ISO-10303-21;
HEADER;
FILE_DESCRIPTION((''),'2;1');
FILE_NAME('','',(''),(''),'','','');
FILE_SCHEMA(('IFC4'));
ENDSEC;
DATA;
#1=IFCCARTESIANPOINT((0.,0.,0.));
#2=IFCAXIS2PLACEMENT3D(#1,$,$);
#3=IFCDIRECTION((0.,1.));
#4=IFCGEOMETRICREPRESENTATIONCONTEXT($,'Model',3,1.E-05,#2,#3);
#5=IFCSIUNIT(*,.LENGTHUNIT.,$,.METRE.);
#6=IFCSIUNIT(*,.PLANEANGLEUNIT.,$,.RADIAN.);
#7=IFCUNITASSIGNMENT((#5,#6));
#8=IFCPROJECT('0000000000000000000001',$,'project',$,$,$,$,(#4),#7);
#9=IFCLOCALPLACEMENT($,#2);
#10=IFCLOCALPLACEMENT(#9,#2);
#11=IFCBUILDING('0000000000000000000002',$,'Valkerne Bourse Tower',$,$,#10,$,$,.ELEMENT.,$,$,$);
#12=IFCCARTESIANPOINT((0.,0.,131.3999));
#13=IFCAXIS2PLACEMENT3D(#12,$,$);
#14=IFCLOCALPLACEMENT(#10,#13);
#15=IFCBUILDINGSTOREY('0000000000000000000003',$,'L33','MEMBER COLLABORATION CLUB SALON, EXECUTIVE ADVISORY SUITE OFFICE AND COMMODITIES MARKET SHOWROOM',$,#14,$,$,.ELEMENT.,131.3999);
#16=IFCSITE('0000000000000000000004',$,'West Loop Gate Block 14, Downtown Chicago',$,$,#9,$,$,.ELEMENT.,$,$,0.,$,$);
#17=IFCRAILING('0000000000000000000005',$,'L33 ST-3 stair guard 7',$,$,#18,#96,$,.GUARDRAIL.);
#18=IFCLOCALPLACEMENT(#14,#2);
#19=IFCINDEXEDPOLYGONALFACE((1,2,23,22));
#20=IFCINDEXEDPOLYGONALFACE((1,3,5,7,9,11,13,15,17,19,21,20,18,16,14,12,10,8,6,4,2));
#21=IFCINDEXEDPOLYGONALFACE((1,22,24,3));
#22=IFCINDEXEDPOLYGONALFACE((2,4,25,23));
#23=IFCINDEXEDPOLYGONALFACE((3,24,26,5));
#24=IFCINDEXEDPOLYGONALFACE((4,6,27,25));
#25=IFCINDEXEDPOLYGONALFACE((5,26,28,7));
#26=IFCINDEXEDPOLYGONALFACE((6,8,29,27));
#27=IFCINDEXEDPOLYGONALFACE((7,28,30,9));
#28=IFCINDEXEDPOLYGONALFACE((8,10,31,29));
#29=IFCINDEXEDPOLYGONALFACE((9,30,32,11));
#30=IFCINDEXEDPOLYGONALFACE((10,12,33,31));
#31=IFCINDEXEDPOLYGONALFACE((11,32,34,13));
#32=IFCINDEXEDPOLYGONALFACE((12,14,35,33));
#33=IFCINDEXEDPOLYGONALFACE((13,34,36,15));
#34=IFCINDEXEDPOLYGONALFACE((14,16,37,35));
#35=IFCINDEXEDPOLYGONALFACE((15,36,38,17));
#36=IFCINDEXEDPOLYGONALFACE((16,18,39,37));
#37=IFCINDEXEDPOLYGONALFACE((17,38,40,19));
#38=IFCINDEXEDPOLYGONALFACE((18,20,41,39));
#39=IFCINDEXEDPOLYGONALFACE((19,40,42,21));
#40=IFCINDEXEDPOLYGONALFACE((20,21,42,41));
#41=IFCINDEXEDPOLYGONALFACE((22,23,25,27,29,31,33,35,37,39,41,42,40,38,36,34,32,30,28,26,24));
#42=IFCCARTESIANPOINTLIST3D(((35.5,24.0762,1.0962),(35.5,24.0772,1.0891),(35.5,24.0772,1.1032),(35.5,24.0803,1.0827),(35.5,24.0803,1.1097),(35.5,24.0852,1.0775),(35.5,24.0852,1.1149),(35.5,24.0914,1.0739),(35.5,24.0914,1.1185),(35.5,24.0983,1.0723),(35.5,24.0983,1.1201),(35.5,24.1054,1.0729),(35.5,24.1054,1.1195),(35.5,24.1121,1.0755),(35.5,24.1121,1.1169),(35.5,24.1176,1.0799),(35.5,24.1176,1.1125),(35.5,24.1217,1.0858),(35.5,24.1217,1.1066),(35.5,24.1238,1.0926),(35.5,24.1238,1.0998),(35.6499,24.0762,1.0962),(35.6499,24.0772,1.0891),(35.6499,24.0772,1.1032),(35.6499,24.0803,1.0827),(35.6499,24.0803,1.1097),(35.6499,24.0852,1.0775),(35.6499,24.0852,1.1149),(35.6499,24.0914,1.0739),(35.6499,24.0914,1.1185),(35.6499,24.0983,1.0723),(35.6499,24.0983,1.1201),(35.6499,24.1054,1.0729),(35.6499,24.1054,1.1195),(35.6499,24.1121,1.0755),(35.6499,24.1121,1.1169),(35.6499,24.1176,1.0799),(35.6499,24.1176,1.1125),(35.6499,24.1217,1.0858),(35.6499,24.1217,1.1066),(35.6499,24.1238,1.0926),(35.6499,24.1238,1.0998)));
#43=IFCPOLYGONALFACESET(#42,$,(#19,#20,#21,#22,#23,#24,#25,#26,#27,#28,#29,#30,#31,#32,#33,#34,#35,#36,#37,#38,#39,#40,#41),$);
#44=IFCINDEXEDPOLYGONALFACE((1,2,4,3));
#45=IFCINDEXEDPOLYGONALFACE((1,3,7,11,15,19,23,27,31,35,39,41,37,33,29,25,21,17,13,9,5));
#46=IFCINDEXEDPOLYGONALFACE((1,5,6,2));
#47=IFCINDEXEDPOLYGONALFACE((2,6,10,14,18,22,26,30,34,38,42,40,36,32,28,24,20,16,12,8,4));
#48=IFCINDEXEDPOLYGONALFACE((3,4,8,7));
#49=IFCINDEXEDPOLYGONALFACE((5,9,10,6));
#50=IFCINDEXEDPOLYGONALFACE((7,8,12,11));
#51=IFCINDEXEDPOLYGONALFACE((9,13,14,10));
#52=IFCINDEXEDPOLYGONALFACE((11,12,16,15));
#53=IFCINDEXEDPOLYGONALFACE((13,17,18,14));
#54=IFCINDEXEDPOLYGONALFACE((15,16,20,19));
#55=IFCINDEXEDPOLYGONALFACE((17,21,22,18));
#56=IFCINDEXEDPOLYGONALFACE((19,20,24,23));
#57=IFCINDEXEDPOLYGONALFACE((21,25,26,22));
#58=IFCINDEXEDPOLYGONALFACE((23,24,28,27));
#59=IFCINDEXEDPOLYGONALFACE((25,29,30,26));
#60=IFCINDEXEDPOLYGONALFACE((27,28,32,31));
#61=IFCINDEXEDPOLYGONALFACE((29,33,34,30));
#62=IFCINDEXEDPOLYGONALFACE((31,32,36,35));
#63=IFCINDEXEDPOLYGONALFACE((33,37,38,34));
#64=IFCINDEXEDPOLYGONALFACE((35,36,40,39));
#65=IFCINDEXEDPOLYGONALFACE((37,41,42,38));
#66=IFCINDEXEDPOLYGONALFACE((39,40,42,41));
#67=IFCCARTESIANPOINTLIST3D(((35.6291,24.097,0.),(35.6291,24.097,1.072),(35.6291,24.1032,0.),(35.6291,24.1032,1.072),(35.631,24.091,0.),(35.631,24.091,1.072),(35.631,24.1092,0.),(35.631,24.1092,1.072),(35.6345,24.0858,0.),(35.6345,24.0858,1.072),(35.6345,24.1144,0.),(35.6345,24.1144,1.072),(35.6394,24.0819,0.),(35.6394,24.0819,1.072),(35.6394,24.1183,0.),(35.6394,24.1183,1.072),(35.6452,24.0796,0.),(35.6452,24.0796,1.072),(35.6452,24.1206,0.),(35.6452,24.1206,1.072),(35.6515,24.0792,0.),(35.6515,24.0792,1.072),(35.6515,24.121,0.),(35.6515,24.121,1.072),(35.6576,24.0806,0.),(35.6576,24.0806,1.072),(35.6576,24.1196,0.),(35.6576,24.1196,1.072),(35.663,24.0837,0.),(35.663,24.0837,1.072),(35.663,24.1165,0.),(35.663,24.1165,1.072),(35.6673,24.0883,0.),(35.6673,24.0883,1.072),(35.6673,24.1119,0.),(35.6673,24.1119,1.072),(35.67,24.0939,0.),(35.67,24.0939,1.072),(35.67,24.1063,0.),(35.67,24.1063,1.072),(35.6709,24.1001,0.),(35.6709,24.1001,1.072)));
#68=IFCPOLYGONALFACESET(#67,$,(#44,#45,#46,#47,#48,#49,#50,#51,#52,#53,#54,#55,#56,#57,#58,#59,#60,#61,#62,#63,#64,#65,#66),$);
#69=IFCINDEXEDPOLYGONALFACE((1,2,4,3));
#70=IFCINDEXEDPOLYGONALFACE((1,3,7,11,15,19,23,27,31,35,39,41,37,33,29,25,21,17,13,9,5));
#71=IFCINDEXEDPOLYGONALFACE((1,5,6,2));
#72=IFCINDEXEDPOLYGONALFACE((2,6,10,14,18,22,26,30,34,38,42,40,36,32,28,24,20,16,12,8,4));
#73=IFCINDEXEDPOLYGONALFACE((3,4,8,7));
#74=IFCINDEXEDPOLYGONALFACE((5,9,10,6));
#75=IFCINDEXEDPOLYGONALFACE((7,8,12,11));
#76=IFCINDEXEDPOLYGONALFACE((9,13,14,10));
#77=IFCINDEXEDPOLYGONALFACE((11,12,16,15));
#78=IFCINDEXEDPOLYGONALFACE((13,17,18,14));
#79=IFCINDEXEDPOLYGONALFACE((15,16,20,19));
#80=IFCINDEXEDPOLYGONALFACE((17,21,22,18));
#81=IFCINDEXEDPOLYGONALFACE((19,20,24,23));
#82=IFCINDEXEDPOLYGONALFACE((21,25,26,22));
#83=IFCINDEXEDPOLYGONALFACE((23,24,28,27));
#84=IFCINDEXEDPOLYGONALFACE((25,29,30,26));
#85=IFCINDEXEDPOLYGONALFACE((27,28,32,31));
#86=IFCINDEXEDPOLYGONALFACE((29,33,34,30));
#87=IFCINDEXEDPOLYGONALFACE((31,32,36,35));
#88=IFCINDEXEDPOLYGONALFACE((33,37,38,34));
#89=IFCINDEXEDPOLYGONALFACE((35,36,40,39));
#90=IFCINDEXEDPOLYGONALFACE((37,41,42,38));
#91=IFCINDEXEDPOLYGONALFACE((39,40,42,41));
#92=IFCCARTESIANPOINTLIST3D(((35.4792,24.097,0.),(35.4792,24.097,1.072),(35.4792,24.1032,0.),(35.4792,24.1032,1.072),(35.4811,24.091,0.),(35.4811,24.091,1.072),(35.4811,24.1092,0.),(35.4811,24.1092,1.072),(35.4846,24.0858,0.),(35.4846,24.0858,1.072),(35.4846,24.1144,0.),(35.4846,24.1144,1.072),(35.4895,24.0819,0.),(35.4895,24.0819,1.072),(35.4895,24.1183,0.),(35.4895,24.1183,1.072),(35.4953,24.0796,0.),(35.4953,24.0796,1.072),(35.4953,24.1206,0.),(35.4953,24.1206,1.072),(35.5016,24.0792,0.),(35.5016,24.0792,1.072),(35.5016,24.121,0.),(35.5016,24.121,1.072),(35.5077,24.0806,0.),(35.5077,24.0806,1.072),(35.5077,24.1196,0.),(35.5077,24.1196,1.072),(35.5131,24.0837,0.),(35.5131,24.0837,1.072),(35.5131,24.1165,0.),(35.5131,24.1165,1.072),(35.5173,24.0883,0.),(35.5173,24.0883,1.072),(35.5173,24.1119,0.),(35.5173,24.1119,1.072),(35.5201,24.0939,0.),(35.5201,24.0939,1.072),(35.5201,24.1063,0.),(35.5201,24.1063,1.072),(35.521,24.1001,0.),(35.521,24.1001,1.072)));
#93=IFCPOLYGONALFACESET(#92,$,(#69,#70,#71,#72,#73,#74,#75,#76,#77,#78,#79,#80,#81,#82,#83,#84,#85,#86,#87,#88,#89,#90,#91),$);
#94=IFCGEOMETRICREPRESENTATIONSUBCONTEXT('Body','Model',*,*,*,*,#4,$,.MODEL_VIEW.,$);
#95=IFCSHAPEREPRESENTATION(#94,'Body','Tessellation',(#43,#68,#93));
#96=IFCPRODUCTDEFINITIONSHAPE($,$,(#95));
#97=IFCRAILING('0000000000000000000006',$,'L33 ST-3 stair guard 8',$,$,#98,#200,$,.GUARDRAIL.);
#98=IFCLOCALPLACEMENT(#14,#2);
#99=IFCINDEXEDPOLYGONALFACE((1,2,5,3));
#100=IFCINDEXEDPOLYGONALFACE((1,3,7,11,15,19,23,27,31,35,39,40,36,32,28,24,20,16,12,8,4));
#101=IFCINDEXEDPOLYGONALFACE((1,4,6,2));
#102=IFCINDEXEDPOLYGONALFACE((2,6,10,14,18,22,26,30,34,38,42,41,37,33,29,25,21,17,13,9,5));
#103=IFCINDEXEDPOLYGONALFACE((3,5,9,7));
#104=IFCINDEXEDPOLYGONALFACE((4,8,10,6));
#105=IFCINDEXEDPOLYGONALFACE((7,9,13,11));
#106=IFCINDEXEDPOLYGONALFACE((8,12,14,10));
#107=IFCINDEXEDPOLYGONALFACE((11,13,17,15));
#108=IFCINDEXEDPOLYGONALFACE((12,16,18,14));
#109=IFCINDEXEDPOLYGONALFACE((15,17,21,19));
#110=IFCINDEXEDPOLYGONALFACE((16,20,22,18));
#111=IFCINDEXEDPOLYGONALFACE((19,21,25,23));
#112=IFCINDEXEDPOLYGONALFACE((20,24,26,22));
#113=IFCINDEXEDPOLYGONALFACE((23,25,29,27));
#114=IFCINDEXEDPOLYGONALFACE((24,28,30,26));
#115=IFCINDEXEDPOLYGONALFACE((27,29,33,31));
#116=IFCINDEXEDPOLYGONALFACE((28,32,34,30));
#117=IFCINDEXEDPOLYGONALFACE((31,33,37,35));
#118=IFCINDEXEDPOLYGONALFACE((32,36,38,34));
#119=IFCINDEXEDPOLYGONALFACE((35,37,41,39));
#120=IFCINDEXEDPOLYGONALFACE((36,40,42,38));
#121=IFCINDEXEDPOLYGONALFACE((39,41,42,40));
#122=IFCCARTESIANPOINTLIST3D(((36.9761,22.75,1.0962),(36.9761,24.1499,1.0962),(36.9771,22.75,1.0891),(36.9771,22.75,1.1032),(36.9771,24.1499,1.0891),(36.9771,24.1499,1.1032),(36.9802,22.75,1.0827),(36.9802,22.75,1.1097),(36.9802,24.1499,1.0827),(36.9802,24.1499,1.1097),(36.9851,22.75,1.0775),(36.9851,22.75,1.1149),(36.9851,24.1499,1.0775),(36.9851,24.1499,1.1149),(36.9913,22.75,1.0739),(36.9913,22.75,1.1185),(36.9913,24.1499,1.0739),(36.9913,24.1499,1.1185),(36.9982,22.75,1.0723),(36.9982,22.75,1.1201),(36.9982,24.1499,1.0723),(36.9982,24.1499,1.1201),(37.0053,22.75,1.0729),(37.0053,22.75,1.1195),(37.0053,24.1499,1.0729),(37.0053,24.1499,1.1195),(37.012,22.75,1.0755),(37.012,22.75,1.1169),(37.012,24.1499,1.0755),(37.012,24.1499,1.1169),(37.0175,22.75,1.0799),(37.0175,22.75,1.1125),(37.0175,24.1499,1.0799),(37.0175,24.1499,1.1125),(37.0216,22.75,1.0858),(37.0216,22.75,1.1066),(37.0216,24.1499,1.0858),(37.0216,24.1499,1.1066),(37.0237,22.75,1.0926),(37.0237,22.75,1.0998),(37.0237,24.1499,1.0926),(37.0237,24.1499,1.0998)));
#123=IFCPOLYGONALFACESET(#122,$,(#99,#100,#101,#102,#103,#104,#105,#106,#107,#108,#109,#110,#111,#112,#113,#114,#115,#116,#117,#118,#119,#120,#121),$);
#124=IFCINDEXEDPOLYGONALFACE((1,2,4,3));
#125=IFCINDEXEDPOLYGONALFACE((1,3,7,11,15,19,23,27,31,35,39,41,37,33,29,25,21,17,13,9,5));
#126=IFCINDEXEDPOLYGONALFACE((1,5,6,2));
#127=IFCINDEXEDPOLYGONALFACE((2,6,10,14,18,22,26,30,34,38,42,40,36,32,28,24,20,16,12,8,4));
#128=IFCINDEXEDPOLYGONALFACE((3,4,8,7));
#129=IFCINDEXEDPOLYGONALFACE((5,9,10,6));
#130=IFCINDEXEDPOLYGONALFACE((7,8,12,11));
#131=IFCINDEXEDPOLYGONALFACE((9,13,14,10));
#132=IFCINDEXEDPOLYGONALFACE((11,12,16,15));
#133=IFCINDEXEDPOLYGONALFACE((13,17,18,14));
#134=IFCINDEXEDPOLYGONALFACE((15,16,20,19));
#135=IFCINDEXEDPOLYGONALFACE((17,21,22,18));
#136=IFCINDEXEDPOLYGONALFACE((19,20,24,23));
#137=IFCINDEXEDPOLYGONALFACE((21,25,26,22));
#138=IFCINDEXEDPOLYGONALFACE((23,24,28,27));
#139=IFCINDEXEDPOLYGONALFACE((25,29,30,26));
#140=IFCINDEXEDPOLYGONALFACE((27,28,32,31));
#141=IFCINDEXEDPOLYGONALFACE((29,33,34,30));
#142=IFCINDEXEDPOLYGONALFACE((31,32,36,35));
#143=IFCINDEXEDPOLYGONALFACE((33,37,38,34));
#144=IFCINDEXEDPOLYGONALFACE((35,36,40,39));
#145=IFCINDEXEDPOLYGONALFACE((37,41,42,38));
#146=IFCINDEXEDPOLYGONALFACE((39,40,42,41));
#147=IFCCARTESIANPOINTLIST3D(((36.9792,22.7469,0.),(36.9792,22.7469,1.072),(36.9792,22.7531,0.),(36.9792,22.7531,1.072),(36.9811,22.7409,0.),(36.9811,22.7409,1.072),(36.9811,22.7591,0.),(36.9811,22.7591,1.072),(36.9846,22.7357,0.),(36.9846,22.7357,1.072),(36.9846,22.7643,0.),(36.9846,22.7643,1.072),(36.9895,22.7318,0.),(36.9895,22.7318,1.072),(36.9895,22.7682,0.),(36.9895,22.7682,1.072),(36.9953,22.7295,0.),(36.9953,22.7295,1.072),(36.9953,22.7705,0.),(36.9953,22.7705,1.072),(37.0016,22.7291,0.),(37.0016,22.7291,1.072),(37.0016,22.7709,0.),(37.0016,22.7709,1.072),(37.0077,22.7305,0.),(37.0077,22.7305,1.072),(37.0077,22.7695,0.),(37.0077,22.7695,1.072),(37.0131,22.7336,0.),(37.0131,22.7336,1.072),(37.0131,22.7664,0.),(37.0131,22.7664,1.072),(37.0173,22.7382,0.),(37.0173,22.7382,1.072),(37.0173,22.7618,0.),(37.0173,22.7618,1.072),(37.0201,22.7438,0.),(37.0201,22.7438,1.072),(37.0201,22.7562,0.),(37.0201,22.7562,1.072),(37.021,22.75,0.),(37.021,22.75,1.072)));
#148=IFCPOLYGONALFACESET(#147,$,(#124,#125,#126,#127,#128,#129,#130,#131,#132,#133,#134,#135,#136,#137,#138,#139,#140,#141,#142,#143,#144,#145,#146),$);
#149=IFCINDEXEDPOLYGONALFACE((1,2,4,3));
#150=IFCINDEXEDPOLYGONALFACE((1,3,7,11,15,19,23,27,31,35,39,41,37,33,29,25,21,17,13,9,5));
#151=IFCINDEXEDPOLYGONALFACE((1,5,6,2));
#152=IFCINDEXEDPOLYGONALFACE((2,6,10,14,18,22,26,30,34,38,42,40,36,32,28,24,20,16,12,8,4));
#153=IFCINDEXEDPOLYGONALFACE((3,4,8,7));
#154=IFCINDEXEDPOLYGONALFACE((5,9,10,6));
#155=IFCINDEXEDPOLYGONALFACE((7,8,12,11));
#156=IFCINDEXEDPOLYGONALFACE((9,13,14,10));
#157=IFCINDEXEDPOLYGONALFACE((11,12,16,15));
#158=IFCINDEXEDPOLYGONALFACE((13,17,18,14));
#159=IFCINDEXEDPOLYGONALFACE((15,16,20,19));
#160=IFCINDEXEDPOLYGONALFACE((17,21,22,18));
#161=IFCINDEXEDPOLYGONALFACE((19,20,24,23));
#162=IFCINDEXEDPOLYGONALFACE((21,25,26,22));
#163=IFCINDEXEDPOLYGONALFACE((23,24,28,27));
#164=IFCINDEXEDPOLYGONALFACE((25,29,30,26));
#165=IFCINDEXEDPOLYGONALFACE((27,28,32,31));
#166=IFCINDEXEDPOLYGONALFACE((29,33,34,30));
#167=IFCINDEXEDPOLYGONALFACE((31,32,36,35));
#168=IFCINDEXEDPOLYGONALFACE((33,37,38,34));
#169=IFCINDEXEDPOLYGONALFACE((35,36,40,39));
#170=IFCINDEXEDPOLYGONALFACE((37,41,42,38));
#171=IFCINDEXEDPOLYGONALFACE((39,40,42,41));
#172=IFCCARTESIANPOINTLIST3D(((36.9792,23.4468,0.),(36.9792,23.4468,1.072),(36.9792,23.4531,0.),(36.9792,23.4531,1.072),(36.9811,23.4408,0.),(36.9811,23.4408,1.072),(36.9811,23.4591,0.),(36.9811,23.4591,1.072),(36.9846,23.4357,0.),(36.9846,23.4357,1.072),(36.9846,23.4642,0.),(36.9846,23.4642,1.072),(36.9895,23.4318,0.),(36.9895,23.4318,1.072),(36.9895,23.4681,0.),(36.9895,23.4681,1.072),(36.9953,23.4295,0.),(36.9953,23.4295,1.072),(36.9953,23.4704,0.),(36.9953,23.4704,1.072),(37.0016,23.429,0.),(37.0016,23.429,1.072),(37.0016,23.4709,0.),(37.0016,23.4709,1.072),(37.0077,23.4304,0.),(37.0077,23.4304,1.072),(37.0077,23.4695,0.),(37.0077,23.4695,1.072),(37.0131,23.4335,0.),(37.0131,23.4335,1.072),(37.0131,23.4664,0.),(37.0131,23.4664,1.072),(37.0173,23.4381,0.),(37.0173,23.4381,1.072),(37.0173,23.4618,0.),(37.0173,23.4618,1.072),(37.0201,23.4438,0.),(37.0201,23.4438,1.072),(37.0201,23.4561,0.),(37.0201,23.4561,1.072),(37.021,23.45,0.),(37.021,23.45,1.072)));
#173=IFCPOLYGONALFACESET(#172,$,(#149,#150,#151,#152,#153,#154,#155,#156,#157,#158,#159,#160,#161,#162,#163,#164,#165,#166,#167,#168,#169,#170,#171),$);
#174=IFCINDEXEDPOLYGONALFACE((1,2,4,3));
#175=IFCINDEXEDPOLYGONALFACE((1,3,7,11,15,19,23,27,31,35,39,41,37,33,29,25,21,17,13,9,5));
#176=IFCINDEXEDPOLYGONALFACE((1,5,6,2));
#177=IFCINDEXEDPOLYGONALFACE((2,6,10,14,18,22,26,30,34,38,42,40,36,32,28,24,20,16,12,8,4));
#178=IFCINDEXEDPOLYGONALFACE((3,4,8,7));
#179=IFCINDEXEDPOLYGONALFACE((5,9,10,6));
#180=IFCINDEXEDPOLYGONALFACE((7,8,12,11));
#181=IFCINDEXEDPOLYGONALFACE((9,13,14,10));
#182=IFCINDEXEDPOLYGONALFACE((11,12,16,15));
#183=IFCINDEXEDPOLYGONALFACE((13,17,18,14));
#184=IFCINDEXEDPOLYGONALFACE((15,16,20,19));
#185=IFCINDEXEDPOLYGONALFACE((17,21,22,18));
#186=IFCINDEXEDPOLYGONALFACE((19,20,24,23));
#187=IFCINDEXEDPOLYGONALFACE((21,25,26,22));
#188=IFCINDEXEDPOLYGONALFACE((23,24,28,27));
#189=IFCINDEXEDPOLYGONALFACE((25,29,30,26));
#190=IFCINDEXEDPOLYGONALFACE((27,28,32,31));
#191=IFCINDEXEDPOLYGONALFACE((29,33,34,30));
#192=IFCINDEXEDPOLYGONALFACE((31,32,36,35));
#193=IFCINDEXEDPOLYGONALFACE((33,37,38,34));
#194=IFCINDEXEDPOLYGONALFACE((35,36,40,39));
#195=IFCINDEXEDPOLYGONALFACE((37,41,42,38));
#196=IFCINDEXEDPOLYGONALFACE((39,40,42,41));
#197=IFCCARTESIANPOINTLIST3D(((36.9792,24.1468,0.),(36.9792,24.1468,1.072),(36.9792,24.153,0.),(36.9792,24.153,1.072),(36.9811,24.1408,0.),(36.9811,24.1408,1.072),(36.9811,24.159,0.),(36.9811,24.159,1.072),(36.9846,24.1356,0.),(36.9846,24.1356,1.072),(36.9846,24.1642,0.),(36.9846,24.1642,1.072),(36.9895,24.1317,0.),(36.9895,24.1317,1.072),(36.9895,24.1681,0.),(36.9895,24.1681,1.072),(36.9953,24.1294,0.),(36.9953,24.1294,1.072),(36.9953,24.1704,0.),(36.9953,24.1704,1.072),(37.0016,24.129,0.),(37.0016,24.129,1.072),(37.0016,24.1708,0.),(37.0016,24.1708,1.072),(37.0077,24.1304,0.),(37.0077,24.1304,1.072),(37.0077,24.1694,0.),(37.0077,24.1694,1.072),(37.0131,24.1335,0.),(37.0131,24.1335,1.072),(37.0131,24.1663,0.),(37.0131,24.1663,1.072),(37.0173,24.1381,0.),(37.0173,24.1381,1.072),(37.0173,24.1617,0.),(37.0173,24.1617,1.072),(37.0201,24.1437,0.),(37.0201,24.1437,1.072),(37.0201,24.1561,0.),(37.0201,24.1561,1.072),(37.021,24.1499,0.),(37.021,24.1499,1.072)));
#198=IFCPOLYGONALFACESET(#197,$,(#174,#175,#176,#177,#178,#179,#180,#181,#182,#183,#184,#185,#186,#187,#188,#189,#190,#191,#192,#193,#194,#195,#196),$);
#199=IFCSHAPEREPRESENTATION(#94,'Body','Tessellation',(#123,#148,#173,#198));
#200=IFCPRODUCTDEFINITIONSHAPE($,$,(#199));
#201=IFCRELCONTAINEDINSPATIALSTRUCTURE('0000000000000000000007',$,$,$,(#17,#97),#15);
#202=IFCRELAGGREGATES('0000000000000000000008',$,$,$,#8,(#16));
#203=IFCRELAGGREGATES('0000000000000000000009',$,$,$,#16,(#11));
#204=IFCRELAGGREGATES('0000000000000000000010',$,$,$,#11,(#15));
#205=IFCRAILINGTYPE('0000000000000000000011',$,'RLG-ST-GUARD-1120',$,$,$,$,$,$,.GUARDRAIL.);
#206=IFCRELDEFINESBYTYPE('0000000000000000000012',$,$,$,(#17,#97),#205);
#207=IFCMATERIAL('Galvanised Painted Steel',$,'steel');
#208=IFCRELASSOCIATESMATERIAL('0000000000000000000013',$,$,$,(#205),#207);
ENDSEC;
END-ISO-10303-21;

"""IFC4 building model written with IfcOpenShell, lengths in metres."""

from ifc_helpers import new_model, si_unit, direction, frame, origin, origin_2d, place, context, subcontext, project, spatial, circle, extrude, material, type_object, element, save


model = new_model("IFC4")

# Units and contexts
model_context = context("Model", 3, precision=1e-05, world=origin(), true_north=direction((0.0, 1.0)))
body_context = subcontext(model_context, "Body", "Model", "MODEL_VIEW")
ifc_project = project(units=[si_unit("LENGTHUNIT", "METRE"), si_unit("PLANEANGLEUNIT", "RADIAN")], contexts=[model_context])

# Site, building, storey
site_placement = place(None, origin())
site = spatial("IfcSite", under=ifc_project, at=site_placement, Name="West Loop Gate Block 14, Downtown Chicago", CompositionType="ELEMENT", RefElevation=0.0)
building_placement = place(site_placement, origin())
building = spatial("IfcBuilding", under=site, at=building_placement, Name="Valkerne Bourse Tower", CompositionType="ELEMENT")
storey_placement = place(building_placement, frame((0.0, 0.0, 131.3999)))
storey = spatial("IfcBuildingStorey", under=building, at=storey_placement, Name="L33", Description="MEMBER COLLABORATION CLUB SALON, EXECUTIVE ADVISORY SUITE OFFICE AND COMMODITIES MARKET SHOWROOM", CompositionType="ELEMENT", Elevation=131.3999)

# Shared definitions
ifc_material_1 = material(Name="Galvanised Painted Steel", Category="steel")

# Railings
railing_type_1 = type_object("IfcRailingType", Name="RLG-ST-GUARD-1120", PredefinedType="GUARDRAIL", material=ifc_material_1)
railing_1_placement = place(storey_placement, frame((35.6499, 24.1001, 0.0)))
element("IfcRailing", 1, at=railing_1_placement, inside=storey, type_object=railing_type_1, Name="L33 ST-3 stair guard 7", PredefinedType="GUARDRAIL", context=body_context, shape_type="SweptSolid", body=[
    extrude(circle(Radius=0.0239, at=origin_2d()), frame((0.0, 0.0, 1.0962), z_axis=(-1.0, 0.0, 0.0), x_axis=(0.0, -1.0, 0.0)), (0.0, 0.0, 1.0), 0.1499),
    extrude(circle(Radius=0.021, at=origin_2d()), origin(), (0.0, 0.0, 1.0), 1.072),
    extrude(circle(Radius=0.021, at=origin_2d()), frame((-0.1499, 0.0, 0.0)), (0.0, 0.0, 1.0), 1.072),
])
for number, where, name in (
    (2, (37.0, 22.75, 0.0), "L33 ST-3 stair guard 8"),
):
    element("IfcRailing", number, at=place(storey_placement, frame(where)), inside=storey, type_object=railing_type_1, Name=name, PredefinedType="GUARDRAIL", context=body_context, shape_type="SweptSolid", body=[
        extrude(circle(Radius=0.0239, at=origin_2d()), frame((0.0, 0.0, 1.0962), z_axis=(0.0, 1.0, 0.0), x_axis=(-1.0, 0.0, 0.0)), (0.0, 0.0, 1.0), 1.3999),
        extrude(circle(Radius=0.021, at=origin_2d()), origin(), (0.0, 0.0, 1.0), 1.072),
        extrude(circle(Radius=0.021, at=origin_2d()), frame((0.0, 0.7, 0.0)), (0.0, 0.0, 1.0), 1.072),
        extrude(circle(Radius=0.021, at=origin_2d()), frame((0.0, 1.3999, 0.0)), (0.0, 0.0, 1.0), 1.072),
    ])

save(model, "model.ifc")
